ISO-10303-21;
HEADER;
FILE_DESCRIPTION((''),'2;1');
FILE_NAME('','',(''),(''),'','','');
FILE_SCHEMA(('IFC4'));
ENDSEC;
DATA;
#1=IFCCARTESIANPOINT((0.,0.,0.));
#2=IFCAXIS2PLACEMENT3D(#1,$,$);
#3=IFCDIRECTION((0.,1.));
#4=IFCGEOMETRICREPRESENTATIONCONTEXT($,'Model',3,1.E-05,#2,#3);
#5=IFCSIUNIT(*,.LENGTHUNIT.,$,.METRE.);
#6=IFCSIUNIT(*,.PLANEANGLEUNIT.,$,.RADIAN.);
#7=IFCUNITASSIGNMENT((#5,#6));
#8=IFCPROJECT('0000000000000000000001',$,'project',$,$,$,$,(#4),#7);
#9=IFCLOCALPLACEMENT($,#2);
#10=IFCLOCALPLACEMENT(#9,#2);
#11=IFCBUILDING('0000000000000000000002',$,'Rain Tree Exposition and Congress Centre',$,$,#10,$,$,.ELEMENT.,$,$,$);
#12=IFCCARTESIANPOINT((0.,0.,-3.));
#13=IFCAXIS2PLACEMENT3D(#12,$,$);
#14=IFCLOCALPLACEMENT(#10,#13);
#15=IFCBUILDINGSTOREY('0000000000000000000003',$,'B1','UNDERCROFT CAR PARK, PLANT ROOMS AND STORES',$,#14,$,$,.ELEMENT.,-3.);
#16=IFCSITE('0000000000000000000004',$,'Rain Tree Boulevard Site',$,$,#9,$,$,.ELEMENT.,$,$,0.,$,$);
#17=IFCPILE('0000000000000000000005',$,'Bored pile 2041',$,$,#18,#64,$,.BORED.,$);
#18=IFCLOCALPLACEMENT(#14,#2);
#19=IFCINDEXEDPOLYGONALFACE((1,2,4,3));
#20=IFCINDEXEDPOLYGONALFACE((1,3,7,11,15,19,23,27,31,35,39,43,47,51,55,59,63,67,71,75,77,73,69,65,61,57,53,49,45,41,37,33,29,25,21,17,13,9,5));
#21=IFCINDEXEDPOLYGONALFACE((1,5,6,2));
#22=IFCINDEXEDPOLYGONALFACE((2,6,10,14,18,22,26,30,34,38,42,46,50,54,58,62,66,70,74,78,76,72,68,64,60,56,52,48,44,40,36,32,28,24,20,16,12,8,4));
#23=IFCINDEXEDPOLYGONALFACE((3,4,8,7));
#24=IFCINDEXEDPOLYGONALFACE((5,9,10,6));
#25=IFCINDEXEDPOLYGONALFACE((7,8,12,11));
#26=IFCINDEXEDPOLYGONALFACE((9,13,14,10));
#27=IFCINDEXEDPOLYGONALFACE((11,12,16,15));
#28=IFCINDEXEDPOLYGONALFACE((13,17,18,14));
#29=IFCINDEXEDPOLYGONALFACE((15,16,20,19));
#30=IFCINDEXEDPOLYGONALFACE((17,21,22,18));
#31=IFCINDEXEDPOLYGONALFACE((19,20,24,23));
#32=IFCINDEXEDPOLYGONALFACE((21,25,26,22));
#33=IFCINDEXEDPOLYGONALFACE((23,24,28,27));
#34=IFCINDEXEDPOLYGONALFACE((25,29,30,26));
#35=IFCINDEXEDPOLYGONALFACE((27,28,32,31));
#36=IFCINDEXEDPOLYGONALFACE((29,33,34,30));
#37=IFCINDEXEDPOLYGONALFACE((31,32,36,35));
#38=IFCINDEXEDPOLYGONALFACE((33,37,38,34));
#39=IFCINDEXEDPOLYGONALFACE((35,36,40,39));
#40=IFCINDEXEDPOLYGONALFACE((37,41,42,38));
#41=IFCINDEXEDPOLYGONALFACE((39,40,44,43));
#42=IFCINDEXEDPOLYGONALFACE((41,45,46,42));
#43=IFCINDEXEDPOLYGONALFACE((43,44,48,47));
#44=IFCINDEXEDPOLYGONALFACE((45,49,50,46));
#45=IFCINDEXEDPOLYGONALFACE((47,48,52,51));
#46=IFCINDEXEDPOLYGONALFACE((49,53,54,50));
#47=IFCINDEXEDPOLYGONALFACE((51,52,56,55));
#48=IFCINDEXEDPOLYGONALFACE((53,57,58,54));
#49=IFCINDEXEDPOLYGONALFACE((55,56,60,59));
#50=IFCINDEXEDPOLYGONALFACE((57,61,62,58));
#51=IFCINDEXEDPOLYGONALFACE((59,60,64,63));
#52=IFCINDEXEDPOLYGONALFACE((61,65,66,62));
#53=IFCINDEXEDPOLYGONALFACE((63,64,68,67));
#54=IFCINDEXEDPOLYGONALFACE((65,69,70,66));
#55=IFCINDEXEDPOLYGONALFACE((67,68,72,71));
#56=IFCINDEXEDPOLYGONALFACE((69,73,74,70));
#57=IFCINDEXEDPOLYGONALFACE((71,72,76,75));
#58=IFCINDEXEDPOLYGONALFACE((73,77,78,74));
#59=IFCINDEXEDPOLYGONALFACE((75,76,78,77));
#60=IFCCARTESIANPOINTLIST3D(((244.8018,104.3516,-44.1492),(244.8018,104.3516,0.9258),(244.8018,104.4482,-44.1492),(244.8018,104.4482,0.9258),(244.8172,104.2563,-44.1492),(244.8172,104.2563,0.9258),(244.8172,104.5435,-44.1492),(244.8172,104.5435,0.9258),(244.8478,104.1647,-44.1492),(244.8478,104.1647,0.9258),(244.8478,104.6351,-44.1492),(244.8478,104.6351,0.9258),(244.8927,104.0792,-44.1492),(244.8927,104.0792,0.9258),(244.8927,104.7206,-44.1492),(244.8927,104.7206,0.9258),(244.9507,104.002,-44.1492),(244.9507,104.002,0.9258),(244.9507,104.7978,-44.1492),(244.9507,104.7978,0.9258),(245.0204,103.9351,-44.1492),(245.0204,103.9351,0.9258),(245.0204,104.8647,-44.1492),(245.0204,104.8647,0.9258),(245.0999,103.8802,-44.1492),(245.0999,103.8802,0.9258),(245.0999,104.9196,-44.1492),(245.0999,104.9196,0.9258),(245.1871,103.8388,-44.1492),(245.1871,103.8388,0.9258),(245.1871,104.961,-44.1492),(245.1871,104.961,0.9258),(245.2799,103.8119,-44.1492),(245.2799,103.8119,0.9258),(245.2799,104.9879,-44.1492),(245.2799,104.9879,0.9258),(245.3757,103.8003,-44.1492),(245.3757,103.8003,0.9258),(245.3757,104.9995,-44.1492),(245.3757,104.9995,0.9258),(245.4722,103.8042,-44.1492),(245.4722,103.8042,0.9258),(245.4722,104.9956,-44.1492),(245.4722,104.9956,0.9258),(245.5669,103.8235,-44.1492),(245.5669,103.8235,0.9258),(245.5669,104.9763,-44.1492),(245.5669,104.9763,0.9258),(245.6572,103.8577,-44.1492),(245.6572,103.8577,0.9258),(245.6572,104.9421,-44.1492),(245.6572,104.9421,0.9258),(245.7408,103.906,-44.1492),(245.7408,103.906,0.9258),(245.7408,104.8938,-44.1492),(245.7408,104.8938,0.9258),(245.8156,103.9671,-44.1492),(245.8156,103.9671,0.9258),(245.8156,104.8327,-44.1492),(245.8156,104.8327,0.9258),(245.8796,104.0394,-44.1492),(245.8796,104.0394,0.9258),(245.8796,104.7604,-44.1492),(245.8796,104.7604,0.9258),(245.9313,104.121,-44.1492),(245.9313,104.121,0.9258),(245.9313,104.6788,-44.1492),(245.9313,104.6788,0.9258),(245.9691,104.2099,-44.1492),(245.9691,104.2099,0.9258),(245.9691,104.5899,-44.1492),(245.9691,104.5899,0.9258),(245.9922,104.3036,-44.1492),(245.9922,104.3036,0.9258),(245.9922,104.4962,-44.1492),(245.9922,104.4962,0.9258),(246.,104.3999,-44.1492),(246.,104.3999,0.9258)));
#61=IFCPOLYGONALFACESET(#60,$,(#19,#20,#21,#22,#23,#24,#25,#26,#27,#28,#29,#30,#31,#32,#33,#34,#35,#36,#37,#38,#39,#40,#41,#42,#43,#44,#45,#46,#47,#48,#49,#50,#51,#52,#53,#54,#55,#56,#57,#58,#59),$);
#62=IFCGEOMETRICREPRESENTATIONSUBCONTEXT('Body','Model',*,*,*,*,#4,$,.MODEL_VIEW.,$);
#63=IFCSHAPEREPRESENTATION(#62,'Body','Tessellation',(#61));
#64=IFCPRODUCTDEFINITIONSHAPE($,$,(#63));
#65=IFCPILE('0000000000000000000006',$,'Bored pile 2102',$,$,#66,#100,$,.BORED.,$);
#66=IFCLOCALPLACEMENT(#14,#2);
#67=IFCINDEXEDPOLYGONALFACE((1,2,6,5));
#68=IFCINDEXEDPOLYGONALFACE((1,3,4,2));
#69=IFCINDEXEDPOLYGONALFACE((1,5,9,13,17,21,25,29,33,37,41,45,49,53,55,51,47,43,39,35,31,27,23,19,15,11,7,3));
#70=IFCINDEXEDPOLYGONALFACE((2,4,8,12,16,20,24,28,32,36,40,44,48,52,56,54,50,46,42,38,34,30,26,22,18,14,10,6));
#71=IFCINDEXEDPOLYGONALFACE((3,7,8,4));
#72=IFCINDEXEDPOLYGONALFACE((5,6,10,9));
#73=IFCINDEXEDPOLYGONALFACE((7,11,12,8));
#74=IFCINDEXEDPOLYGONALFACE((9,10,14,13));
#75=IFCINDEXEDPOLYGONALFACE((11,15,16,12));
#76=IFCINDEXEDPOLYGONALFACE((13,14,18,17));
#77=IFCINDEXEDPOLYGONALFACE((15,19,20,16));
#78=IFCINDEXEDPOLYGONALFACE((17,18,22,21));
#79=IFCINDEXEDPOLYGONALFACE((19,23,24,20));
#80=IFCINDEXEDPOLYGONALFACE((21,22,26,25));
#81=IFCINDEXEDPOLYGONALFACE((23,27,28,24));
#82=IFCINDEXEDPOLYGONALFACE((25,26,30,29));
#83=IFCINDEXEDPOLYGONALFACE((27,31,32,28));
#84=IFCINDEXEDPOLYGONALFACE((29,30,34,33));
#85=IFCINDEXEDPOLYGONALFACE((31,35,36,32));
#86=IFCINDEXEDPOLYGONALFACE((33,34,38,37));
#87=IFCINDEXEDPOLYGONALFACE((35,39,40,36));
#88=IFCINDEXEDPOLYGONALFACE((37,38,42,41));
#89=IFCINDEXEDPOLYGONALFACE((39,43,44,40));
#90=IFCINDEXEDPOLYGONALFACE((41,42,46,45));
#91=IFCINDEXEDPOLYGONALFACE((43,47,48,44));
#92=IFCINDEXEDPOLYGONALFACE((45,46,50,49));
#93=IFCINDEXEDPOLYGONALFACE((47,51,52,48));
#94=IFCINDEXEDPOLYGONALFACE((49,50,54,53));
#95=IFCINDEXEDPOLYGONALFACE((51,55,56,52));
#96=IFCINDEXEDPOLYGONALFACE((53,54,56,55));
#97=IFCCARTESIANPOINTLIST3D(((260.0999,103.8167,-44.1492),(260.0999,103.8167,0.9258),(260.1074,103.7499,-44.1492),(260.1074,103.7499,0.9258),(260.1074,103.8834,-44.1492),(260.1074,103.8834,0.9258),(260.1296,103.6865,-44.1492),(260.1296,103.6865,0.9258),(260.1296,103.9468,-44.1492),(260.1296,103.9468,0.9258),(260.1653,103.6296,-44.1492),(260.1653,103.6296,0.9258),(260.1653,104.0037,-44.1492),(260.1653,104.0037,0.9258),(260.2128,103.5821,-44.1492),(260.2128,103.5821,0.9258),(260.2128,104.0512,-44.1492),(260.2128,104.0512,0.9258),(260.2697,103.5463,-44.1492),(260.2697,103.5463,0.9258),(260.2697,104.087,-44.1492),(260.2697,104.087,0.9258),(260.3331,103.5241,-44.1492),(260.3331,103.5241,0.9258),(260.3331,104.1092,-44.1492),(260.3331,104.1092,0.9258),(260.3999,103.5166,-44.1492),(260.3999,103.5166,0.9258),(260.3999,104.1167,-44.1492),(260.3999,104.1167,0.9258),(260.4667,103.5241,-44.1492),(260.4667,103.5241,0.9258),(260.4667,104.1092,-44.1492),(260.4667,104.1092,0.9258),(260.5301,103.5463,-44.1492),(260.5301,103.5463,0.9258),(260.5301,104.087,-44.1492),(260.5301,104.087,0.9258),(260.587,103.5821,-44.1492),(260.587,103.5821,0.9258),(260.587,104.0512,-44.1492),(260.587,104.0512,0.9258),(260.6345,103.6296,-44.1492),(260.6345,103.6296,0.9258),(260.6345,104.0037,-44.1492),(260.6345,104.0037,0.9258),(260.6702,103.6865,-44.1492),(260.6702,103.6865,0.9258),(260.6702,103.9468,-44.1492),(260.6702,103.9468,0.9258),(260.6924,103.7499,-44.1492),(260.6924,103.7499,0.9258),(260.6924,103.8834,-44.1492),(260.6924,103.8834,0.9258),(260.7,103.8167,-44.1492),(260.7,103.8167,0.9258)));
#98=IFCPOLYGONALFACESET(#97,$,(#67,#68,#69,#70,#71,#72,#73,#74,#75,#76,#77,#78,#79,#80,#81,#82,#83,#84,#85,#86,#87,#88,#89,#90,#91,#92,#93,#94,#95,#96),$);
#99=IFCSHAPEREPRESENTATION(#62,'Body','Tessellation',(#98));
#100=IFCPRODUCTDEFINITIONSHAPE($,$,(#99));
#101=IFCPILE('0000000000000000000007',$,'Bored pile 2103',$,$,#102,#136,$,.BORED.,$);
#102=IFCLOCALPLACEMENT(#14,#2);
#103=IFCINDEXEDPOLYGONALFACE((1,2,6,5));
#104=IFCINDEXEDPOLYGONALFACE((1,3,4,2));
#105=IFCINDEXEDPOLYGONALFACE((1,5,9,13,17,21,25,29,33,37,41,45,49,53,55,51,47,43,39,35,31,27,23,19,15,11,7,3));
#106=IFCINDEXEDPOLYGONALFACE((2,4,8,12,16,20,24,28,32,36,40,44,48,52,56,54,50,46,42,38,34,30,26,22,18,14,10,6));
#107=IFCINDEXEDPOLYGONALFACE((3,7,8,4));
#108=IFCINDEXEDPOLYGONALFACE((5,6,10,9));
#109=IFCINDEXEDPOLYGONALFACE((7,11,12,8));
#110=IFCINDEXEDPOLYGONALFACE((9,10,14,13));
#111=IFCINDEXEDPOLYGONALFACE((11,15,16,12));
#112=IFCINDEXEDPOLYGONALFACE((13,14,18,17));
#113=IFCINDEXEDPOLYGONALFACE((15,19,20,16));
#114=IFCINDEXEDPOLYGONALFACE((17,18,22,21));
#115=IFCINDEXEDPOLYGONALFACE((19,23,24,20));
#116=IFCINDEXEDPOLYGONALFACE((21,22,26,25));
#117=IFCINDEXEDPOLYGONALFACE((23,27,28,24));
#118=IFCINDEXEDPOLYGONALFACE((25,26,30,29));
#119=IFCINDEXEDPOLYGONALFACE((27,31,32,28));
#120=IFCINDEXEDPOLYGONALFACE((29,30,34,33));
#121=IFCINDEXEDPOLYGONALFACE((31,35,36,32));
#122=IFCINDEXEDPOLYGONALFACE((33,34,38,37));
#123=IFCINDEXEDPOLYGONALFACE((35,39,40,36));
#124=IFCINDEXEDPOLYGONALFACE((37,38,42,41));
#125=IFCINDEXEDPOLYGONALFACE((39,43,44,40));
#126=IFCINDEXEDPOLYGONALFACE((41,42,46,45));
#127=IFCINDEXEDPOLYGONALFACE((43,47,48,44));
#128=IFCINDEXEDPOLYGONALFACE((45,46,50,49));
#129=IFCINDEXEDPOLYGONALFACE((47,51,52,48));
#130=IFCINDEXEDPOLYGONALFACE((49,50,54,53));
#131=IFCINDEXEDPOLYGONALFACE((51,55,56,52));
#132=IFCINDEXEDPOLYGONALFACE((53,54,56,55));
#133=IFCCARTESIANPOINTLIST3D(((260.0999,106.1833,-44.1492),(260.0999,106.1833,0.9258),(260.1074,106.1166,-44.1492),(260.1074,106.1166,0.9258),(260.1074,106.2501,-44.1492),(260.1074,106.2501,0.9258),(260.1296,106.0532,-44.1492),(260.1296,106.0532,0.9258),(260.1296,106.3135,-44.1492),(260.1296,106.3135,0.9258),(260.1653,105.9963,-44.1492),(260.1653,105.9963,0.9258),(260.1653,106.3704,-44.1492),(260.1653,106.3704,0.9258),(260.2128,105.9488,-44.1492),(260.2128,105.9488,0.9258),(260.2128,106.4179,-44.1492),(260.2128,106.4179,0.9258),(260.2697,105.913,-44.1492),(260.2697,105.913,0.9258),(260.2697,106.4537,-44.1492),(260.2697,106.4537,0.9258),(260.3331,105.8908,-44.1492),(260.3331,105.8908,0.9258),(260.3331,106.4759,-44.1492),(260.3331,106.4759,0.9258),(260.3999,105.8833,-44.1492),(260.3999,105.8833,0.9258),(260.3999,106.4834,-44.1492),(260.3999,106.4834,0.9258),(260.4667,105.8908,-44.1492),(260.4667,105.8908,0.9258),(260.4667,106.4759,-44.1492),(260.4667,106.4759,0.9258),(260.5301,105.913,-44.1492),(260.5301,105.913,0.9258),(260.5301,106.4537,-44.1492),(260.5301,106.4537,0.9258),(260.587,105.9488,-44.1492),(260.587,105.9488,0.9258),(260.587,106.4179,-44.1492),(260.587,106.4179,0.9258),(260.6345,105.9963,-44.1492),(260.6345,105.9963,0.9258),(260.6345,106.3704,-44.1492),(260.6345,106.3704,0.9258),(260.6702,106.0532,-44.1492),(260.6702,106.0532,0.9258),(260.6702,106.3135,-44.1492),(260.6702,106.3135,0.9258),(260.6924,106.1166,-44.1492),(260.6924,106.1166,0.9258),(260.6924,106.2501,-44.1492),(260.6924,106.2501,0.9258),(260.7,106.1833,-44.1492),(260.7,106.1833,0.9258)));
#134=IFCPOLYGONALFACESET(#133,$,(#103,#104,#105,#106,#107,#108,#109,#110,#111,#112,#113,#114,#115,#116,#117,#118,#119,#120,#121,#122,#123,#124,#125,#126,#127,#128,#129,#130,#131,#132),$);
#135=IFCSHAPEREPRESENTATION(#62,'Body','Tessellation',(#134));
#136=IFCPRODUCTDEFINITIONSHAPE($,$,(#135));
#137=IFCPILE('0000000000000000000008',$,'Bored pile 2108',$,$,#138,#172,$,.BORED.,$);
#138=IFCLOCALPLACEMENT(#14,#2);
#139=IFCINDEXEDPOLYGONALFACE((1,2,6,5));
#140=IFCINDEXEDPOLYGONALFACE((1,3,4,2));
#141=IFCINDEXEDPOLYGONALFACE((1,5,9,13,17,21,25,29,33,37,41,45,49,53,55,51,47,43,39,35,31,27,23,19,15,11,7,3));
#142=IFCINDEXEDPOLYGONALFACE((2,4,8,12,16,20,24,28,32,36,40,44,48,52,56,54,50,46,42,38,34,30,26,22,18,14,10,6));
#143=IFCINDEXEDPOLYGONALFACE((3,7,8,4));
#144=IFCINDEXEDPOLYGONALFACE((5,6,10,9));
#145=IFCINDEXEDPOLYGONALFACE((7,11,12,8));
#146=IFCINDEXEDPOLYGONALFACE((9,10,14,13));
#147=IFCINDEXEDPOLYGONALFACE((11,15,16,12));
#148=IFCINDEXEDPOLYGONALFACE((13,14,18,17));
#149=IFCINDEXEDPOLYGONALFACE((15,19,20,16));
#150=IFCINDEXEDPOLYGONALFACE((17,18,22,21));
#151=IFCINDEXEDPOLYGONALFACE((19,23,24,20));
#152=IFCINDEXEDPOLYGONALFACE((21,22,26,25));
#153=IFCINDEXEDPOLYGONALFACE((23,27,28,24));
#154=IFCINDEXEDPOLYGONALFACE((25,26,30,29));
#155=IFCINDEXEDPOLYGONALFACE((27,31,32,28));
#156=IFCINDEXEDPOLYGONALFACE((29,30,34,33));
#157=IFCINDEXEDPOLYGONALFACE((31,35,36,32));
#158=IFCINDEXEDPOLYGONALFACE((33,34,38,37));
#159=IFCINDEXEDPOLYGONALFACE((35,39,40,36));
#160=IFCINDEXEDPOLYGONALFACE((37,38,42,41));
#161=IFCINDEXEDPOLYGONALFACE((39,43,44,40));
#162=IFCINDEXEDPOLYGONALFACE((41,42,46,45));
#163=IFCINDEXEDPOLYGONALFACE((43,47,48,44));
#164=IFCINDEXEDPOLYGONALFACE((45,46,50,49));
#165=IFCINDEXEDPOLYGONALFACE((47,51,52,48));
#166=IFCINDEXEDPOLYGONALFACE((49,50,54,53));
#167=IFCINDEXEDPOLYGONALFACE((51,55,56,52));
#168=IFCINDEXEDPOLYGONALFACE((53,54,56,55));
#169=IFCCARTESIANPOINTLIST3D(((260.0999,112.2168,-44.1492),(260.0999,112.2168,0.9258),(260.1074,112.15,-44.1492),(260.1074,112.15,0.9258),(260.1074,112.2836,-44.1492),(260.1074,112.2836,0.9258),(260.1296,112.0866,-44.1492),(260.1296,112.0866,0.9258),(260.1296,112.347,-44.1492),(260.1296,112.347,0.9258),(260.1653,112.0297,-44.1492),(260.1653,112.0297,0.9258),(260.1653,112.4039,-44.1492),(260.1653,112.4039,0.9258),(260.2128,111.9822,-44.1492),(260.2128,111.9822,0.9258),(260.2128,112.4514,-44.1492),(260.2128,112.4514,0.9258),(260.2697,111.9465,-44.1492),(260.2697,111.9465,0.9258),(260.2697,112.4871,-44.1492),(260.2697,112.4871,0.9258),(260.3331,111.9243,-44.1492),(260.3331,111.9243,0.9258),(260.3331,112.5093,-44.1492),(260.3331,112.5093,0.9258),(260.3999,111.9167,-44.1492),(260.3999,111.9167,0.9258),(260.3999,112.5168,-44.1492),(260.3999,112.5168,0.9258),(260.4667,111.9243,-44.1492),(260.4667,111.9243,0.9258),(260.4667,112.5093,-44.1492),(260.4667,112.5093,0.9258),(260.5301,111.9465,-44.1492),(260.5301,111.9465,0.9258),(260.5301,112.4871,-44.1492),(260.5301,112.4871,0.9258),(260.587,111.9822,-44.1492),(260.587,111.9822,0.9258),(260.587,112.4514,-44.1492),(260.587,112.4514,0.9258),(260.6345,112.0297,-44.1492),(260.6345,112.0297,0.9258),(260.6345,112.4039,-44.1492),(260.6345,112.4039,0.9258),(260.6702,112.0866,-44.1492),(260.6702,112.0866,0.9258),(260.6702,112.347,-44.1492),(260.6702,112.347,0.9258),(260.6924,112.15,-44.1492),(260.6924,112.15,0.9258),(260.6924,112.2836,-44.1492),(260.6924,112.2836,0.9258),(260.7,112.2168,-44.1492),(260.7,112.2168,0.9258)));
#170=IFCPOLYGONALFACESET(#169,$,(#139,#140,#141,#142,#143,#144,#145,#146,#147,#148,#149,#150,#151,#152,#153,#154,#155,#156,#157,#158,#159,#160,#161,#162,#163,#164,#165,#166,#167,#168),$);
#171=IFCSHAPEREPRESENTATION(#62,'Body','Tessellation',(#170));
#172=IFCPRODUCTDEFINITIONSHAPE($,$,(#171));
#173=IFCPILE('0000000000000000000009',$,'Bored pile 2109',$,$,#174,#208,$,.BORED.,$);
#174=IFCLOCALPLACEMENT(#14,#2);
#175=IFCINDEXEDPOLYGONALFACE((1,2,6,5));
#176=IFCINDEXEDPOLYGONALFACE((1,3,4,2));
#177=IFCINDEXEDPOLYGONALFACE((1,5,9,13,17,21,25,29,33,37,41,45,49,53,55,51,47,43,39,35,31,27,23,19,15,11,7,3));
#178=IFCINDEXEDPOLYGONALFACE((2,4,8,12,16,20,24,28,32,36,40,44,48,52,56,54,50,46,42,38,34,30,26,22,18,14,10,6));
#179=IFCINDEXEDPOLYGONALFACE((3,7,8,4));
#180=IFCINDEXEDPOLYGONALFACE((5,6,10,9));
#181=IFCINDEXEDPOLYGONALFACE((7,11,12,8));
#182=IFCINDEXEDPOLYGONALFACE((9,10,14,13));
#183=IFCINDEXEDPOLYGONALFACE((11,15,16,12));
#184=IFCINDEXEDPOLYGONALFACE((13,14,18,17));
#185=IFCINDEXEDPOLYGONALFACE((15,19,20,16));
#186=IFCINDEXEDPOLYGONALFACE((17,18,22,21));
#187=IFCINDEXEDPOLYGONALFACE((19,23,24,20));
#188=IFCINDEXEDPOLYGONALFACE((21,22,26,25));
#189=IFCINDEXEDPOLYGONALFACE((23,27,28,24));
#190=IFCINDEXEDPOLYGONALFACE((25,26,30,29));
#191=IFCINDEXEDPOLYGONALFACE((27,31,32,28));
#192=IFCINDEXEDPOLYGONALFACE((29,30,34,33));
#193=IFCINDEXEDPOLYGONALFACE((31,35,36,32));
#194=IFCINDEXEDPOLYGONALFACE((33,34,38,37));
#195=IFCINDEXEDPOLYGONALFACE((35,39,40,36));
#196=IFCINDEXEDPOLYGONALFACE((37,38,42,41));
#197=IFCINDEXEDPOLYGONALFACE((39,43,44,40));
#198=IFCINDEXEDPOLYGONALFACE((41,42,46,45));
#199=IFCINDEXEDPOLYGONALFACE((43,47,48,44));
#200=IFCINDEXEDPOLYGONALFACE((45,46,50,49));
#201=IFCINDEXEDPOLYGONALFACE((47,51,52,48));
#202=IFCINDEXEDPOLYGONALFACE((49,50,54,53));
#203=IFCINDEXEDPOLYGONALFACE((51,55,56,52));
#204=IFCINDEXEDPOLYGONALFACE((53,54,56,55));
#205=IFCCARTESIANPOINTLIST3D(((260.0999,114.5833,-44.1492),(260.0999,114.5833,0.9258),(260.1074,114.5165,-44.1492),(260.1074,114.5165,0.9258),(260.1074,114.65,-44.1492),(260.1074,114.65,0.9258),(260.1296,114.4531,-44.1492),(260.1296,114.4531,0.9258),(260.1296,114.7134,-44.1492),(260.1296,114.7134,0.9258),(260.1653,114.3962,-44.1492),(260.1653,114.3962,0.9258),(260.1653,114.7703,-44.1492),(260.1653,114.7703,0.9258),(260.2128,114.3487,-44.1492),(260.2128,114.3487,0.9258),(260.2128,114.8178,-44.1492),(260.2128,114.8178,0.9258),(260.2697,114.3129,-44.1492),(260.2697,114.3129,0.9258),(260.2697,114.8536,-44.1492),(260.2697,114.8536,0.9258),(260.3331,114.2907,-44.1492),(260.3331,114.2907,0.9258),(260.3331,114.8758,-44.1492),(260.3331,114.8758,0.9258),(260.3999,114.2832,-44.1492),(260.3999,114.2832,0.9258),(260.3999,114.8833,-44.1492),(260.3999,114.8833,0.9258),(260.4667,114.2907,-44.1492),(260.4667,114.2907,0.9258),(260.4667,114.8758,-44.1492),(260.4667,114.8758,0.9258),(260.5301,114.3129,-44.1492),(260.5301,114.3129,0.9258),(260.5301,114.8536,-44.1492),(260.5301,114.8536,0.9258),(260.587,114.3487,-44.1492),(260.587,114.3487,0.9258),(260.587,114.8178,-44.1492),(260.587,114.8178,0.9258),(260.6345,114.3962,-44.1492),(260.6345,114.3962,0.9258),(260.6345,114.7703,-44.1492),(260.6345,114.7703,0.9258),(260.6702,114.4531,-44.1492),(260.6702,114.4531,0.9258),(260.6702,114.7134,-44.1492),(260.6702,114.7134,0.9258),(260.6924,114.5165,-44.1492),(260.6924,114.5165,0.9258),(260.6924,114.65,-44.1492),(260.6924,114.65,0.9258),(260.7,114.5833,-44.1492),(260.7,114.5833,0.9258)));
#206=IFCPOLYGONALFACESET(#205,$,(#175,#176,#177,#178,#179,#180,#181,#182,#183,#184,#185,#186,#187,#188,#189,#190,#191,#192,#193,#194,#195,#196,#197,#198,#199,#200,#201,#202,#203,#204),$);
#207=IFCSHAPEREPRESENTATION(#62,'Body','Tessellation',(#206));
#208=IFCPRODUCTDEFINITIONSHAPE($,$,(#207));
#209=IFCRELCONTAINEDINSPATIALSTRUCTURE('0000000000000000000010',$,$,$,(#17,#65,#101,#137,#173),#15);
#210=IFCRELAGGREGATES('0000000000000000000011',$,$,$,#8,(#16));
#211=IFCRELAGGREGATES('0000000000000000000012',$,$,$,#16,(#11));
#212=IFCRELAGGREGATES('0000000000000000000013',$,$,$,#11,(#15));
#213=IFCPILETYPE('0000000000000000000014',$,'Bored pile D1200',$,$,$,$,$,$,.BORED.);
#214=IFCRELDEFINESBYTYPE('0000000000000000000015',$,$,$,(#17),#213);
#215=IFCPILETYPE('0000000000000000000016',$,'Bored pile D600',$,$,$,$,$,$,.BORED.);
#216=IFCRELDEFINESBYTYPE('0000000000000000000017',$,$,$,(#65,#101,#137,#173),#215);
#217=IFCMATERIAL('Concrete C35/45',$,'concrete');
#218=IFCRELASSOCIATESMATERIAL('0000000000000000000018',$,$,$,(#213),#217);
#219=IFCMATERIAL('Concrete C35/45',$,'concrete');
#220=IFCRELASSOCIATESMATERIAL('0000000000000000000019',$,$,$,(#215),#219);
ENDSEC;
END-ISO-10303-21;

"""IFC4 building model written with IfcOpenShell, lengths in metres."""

from ifc_helpers import new_model, si_unit, direction, frame, origin, origin_2d, place, context, subcontext, project, spatial, circle, extrude, material, material_profile, profile_set, type_object, element, save


model = new_model("IFC4")

# Units and contexts
model_context = context("Model", 3, precision=1e-05, world=origin(), true_north=direction((0.0, 1.0)))
body_context = subcontext(model_context, "Body", "Model", "MODEL_VIEW")
ifc_project = project(units=[si_unit("LENGTHUNIT", "METRE"), si_unit("PLANEANGLEUNIT", "RADIAN")], contexts=[model_context])

# Site, building, storey
site_placement = place(None, origin())
site = spatial("IfcSite", under=ifc_project, at=site_placement, Name="Rain Tree Boulevard Site", CompositionType="ELEMENT", RefElevation=0.0)
building_placement = place(site_placement, origin())
building = spatial("IfcBuilding", under=site, at=building_placement, Name="Rain Tree Exposition and Congress Centre", CompositionType="ELEMENT")
storey_placement = place(building_placement, frame((0.0, 0.0, -3.0)))
storey = spatial("IfcBuildingStorey", under=building, at=storey_placement, Name="B1", Description="UNDERCROFT CAR PARK, PLANT ROOMS AND STORES", CompositionType="ELEMENT", Elevation=-3.0)

# Piles
ifc_material_1 = material(Name="Concrete C35/45", Category="concrete")
ifc_material_profile_1 = material_profile(ifc_material_1, circle(Radius=0.6001, at=origin_2d()), Name="D1200")
ifc_profile_set_1 = profile_set([ifc_material_profile_1], Name="Concrete C35/45")
pile_type_1 = type_object("IfcPileType", Name="Bored pile D1200", PredefinedType="BORED", material=ifc_profile_set_1)
pile_placement = place(storey_placement, frame((245.3999, 104.3999, 0.9258), z_axis=(0.0, 0.0, -1.0), x_axis=(1.0, 0.0, 0.0)))
element("IfcPile", 1, at=pile_placement, inside=storey, type_object=pile_type_1, Name="Bored pile 2041", PredefinedType="BORED", context=body_context, shape_type="SweptSolid", body=[
    extrude(circle(Radius=0.6001, at=origin_2d()), origin(), (0.0, 0.0, 1.0), 45.075),
])
ifc_material_2 = material(Name="Concrete C35/45", Category="concrete")
ifc_material_profile_2 = material_profile(ifc_material_2, circle(Radius=0.3, at=origin_2d()), Name="D600")
ifc_profile_set_2 = profile_set([ifc_material_profile_2], Name="Concrete C35/45")
pile_type_2 = type_object("IfcPileType", Name="Bored pile D600", PredefinedType="BORED", material=ifc_profile_set_2)
for number, where, z_axis, x_axis, name in (
    (2, (260.3999, 103.8167, 0.9258), (0.0, 0.0, -1.0), (1.0, 0.0, 0.0), "Bored pile 2102"),
    (3, (260.3999, 106.1833, 0.9258), (0.0, 0.0, -1.0), (1.0, 0.0, 0.0), "Bored pile 2103"),
    (4, (260.3999, 112.2168, 0.9258), (0.0, 0.0, -1.0), (1.0, 0.0, 0.0), "Bored pile 2108"),
    (5, (260.3999, 114.5833, 0.9258), (0.0, 0.0, -1.0), (1.0, 0.0, 0.0), "Bored pile 2109"),
):
    element("IfcPile", number, at=place(storey_placement, frame(where, z_axis=z_axis, x_axis=x_axis)), inside=storey, type_object=pile_type_2, Name=name, PredefinedType="BORED", context=body_context, shape_type="SweptSolid", body=[
        extrude(circle(Radius=0.3, at=origin_2d()), origin(), (0.0, 0.0, 1.0), 45.075),
    ])

save(model, "model.ifc")
